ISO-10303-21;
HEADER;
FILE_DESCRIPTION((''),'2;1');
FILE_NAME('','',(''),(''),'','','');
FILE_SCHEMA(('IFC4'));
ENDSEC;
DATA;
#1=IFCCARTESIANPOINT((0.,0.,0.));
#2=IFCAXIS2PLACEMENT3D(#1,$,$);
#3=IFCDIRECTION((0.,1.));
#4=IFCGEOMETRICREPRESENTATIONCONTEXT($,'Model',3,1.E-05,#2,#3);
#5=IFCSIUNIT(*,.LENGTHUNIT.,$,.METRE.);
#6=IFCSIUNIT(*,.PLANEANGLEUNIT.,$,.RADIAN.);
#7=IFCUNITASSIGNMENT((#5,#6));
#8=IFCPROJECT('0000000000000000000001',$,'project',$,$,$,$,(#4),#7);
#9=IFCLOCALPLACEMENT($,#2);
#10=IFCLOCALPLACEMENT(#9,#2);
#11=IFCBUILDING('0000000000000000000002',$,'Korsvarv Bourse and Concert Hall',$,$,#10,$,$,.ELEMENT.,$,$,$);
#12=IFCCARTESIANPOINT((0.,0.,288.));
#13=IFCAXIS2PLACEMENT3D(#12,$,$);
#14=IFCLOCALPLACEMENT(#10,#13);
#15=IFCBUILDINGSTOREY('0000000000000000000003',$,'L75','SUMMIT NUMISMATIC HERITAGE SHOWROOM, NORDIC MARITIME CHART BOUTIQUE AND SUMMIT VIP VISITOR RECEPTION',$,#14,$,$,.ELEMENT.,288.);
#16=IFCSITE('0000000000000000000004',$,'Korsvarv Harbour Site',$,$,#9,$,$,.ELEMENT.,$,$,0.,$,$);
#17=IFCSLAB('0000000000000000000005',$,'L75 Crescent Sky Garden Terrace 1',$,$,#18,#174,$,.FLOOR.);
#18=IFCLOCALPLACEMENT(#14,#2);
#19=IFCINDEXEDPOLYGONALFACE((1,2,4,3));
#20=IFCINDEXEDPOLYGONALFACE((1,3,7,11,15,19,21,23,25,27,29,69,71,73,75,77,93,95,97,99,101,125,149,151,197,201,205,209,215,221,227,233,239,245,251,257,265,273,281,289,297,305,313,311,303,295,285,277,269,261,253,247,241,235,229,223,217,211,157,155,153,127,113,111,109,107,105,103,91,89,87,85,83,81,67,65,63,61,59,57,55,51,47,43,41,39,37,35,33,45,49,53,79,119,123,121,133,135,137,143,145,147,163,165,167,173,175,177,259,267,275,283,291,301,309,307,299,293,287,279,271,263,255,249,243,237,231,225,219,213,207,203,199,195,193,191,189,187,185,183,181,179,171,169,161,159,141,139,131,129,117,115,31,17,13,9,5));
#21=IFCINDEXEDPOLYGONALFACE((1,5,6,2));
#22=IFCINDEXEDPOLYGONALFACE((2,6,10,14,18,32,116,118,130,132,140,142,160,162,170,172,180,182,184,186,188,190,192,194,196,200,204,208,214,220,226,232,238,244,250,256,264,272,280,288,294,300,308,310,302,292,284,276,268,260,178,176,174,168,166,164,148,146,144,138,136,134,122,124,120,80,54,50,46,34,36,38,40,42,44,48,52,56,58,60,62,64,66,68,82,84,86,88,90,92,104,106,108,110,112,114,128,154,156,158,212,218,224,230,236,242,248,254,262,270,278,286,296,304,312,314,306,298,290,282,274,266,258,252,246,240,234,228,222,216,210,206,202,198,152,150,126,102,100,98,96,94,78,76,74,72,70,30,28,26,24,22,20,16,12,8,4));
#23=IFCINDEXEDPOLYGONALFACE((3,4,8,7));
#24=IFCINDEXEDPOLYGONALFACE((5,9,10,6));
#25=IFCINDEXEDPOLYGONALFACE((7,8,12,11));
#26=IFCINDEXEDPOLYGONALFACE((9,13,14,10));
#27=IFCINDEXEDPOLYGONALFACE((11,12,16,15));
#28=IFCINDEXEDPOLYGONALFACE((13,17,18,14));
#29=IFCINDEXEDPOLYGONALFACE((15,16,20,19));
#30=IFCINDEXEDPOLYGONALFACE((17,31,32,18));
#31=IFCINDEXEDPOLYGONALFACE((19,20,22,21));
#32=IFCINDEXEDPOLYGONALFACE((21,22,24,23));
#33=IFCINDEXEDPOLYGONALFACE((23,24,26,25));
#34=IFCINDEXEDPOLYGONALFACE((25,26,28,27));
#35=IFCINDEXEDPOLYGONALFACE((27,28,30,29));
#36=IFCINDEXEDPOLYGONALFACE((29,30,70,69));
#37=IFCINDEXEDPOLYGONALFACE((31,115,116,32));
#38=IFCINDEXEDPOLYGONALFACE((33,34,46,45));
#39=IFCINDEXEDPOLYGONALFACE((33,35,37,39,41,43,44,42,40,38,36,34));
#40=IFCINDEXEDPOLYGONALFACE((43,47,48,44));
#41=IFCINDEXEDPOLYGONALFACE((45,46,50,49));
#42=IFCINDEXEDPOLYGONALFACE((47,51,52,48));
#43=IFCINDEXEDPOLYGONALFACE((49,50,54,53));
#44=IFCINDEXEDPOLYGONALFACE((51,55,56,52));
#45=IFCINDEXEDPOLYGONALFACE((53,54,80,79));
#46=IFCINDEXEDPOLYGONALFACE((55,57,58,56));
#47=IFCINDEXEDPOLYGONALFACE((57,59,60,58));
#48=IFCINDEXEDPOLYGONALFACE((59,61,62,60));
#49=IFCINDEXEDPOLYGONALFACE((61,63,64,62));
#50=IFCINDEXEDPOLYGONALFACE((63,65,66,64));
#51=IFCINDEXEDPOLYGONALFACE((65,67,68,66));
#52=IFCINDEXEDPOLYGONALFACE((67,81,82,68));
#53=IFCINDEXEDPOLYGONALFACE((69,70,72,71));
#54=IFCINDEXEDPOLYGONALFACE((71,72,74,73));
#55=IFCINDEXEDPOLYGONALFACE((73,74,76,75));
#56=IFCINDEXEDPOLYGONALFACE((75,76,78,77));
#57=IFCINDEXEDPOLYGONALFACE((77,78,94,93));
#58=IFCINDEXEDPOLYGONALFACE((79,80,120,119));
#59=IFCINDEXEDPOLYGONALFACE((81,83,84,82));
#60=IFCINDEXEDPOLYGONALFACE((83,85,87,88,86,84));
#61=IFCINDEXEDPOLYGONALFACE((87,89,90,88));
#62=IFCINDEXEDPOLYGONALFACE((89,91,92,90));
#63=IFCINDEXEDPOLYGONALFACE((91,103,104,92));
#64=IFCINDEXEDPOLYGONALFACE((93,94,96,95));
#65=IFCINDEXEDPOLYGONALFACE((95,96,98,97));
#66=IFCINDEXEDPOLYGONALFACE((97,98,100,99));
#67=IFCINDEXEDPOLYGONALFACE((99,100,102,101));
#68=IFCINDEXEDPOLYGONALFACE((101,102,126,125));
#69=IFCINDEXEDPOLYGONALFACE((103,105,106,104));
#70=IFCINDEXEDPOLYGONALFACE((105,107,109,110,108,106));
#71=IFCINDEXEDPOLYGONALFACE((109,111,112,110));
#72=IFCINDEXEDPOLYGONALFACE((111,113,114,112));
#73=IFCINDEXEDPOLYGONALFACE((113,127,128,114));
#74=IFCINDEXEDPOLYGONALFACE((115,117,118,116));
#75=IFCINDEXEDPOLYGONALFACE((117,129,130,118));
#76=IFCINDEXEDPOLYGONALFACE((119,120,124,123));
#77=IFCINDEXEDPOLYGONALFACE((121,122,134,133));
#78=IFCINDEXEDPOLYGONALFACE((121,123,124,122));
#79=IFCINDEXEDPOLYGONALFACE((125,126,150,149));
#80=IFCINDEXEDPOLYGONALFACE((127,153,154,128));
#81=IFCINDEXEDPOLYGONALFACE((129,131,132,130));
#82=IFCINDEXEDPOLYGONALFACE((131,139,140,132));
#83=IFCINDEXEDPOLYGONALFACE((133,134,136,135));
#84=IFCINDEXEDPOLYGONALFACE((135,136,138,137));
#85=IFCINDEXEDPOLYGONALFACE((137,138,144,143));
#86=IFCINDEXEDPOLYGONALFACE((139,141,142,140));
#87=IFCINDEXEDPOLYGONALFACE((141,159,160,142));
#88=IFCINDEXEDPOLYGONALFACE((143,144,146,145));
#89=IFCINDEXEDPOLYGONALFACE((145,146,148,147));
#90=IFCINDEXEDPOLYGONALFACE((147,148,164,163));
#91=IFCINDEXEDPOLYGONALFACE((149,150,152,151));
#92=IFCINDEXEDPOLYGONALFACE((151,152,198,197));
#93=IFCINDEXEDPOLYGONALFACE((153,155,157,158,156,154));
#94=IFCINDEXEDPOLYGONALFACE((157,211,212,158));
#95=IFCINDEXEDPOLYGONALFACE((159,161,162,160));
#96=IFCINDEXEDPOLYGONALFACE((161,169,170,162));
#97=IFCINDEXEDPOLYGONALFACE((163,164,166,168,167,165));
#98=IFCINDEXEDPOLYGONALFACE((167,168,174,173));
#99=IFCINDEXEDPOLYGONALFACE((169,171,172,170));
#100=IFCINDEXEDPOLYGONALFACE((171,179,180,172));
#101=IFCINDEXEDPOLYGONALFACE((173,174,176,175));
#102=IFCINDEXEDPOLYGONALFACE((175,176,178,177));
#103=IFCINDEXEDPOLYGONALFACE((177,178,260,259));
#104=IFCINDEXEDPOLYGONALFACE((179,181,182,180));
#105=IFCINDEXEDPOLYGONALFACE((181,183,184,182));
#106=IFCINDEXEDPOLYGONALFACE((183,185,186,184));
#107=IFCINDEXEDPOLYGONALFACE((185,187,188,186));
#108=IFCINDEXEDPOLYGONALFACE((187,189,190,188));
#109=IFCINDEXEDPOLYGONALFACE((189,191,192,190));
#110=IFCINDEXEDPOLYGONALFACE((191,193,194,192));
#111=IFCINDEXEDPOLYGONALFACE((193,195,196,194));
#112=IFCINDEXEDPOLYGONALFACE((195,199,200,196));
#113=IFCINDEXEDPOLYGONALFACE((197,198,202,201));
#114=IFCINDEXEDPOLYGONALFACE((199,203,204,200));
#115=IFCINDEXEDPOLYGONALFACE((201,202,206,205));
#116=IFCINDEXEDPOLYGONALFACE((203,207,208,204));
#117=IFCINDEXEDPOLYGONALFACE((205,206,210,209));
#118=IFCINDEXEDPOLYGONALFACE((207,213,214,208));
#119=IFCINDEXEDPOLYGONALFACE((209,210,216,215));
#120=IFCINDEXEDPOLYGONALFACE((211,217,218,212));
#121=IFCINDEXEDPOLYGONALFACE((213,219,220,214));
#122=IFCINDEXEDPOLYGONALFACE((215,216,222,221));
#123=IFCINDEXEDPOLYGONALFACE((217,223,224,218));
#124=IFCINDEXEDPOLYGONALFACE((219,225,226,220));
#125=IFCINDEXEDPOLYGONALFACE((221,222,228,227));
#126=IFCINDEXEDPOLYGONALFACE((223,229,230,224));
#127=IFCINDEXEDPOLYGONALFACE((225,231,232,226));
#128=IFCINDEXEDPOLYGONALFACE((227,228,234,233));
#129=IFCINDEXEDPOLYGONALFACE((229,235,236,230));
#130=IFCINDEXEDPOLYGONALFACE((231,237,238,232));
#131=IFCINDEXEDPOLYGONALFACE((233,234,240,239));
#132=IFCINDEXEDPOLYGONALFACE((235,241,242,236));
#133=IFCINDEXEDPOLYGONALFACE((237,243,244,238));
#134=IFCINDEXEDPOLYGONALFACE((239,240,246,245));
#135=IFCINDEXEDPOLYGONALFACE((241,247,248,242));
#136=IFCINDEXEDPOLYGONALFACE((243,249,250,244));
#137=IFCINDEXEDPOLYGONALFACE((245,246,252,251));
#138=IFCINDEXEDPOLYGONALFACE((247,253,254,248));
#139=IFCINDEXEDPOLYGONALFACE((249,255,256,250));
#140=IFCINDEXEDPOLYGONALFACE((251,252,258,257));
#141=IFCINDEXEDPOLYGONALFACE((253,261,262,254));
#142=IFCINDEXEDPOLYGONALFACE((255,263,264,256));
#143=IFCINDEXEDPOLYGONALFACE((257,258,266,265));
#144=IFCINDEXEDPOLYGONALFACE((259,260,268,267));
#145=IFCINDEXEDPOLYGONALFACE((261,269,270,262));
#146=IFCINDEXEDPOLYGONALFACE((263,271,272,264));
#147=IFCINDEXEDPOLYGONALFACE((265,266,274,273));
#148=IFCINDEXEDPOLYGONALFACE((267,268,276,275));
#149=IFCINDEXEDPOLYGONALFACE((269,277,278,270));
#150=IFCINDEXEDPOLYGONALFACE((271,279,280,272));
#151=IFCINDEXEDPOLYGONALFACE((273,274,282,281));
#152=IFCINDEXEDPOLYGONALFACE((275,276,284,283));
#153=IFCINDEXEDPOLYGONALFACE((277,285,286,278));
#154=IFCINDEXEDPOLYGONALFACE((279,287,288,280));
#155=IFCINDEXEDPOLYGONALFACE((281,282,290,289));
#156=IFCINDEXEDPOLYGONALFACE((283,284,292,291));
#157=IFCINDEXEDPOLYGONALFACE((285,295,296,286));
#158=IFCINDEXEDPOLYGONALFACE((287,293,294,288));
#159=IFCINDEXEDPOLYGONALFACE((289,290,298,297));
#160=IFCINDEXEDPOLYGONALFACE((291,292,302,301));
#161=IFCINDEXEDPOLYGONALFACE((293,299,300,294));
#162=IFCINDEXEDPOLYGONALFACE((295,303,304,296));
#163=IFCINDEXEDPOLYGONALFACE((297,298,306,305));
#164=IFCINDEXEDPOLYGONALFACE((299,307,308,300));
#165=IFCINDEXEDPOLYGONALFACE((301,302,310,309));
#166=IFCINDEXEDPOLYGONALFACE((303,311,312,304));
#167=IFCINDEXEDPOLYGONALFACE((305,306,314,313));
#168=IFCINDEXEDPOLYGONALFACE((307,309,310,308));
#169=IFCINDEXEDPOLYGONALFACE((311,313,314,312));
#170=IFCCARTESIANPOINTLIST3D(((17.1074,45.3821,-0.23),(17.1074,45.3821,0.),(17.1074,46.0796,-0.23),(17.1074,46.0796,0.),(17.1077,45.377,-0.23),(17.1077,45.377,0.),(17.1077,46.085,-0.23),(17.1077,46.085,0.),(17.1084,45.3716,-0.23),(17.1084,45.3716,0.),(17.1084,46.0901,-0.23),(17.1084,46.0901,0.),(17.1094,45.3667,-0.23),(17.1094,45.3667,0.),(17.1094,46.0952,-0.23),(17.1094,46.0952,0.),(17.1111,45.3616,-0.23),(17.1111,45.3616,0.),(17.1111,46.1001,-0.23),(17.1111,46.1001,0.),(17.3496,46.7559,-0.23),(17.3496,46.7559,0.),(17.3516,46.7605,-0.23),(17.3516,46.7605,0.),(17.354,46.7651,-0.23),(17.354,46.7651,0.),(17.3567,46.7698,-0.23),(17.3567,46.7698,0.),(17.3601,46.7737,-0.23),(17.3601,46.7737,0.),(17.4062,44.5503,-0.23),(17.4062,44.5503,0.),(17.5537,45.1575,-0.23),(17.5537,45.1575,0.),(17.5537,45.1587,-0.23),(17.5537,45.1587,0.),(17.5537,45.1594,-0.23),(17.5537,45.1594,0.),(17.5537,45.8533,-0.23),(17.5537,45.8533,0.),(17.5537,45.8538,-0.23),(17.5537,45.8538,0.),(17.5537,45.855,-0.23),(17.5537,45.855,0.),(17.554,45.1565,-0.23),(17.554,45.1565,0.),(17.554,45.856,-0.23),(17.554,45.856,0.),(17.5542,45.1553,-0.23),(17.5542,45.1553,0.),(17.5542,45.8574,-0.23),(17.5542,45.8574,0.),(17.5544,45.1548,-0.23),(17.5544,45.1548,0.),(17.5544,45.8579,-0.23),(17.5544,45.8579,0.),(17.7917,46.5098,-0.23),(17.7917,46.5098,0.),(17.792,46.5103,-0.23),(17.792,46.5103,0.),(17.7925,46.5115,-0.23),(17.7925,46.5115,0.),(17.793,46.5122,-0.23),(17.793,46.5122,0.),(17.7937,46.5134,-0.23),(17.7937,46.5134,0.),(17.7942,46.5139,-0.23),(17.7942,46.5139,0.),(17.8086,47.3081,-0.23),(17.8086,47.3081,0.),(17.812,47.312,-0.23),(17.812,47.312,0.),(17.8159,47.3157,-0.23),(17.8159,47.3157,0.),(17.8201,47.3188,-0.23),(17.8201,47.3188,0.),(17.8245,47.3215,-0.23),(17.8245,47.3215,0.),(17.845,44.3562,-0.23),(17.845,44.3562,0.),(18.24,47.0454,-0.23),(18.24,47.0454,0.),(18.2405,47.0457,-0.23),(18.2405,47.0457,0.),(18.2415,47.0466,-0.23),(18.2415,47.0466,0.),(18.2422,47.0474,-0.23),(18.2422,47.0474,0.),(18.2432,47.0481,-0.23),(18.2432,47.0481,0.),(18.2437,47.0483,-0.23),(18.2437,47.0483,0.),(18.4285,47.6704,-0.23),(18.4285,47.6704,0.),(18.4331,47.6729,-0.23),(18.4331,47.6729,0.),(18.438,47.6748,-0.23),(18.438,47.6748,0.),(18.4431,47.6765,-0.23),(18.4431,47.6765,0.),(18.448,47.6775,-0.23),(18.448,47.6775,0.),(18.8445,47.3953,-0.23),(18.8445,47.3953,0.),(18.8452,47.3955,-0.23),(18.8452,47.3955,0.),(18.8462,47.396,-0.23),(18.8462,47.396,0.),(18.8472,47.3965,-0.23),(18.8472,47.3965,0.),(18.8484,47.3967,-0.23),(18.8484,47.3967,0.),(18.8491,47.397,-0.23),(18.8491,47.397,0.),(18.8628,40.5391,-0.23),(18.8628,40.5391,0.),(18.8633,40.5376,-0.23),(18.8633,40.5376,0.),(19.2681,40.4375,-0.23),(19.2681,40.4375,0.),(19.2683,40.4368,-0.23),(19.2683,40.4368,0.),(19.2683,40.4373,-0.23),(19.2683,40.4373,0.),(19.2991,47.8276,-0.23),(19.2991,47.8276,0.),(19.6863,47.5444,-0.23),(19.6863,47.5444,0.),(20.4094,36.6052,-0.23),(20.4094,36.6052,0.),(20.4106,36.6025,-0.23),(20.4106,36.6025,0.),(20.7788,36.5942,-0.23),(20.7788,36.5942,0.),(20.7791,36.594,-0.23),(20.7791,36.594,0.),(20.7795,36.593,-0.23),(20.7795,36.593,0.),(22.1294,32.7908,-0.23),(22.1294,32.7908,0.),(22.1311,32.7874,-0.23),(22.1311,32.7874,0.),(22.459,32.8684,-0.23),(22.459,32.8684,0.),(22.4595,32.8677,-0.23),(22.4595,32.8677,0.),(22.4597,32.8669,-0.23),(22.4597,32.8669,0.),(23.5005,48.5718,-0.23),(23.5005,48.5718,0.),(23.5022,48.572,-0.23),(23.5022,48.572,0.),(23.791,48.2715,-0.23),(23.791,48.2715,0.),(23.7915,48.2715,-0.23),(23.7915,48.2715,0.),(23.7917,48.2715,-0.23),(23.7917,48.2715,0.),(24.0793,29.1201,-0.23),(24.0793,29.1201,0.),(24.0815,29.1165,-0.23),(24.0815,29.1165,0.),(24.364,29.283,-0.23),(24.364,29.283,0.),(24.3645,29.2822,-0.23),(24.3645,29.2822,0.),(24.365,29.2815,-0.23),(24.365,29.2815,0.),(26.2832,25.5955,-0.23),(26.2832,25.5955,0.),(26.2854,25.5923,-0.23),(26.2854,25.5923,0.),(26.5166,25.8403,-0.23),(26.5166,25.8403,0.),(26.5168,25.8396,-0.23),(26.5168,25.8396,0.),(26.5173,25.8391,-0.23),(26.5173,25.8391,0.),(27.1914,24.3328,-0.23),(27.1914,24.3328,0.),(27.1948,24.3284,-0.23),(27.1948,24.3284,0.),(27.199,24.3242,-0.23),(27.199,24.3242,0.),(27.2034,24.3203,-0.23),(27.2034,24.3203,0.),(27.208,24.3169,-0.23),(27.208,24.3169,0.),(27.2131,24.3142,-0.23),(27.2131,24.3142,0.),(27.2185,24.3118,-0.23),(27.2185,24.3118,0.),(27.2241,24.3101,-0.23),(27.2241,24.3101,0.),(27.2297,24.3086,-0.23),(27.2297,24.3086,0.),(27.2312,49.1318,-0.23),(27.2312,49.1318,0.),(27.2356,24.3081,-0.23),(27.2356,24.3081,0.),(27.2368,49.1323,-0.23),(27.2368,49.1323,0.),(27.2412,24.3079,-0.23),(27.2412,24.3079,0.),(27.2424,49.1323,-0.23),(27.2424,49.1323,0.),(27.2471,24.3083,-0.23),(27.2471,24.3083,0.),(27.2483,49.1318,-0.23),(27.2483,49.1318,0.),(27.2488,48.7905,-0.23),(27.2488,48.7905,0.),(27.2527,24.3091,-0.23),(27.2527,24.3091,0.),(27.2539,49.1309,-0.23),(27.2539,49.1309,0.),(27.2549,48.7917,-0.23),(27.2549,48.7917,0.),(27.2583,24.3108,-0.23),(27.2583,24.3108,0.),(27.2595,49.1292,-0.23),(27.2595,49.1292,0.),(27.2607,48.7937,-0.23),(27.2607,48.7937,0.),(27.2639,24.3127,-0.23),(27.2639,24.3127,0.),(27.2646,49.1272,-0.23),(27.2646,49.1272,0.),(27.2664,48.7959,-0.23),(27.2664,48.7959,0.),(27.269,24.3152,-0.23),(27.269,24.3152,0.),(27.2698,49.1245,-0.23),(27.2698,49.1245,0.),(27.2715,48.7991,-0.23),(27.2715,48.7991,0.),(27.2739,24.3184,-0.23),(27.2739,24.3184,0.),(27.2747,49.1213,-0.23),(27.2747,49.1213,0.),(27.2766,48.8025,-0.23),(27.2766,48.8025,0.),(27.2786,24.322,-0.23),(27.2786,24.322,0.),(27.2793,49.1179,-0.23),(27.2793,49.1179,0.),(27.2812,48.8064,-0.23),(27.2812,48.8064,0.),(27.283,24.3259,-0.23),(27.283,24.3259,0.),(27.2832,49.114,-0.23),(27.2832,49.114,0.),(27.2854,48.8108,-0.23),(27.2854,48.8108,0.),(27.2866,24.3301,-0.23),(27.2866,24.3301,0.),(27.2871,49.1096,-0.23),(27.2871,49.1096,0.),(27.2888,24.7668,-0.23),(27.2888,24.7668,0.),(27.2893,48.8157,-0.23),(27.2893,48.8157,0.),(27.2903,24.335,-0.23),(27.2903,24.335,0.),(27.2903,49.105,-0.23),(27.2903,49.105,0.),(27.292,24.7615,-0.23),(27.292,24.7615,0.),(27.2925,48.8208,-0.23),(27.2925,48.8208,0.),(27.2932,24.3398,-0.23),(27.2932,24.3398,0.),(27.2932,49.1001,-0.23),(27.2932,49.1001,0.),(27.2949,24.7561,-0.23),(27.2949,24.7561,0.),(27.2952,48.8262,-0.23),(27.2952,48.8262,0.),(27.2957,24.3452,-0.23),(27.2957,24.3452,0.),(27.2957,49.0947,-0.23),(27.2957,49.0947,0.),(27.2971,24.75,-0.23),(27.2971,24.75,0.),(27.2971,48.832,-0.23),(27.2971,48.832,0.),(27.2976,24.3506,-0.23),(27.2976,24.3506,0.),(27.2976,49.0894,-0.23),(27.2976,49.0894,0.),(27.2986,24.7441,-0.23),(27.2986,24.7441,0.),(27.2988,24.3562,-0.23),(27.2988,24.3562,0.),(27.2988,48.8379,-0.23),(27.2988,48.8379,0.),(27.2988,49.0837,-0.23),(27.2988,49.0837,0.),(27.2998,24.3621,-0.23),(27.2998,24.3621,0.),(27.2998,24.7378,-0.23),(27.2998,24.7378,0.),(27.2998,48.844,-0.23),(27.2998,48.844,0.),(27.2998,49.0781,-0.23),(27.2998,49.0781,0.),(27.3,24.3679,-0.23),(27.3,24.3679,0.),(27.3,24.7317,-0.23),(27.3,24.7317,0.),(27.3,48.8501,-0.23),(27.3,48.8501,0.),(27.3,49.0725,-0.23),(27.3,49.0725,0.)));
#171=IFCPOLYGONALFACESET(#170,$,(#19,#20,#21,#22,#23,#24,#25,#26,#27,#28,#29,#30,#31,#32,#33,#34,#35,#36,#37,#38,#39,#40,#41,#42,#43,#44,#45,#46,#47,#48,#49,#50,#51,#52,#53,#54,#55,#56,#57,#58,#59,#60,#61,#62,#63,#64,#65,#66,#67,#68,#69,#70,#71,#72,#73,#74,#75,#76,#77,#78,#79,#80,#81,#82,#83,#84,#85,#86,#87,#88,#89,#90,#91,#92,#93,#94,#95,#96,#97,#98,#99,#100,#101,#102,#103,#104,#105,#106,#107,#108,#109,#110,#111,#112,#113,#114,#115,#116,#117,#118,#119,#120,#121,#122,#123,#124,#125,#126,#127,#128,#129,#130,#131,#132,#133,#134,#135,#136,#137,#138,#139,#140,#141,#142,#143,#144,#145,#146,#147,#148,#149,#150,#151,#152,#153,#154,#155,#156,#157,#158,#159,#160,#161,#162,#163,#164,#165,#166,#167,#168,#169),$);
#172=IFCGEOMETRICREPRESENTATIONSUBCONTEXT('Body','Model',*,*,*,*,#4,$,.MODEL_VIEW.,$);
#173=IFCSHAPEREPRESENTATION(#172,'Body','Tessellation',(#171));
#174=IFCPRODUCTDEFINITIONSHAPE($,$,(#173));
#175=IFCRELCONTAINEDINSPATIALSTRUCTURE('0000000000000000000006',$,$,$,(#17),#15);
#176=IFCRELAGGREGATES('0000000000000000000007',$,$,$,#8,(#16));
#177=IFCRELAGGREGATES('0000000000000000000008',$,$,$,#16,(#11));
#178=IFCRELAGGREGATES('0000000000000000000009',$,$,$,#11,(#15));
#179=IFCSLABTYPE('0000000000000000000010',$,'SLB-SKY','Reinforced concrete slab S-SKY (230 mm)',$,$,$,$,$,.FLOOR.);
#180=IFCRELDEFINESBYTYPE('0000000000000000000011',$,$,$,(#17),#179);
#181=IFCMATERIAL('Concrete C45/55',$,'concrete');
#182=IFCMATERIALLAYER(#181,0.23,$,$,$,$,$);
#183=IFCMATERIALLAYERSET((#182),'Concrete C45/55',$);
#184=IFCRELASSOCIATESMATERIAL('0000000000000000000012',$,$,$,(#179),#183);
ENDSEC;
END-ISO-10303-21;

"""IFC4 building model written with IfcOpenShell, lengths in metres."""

from ifc_helpers import new_model, si_unit, direction, frame, origin, place, context, subcontext, project, spatial, polyline, outline, extrude, material, layer, layer_set, type_object, element, save


model = new_model("IFC4")

# Units and contexts
model_context = context("Model", 3, precision=1e-05, world=origin(), true_north=direction((0.0, 1.0)))
body_context = subcontext(model_context, "Body", "Model", "MODEL_VIEW")
ifc_project = project(units=[si_unit("LENGTHUNIT", "METRE"), si_unit("PLANEANGLEUNIT", "RADIAN")], contexts=[model_context])

# Site, building, storey
site_placement = place(None, origin())
site = spatial("IfcSite", under=ifc_project, at=site_placement, Name="Korsvarv Harbour Site", CompositionType="ELEMENT", RefElevation=0.0)
building_placement = place(site_placement, origin())
building = spatial("IfcBuilding", under=site, at=building_placement, Name="Korsvarv Bourse and Concert Hall", CompositionType="ELEMENT")
storey_placement = place(building_placement, frame((0.0, 0.0, 288.0)))
storey = spatial("IfcBuildingStorey", under=building, at=storey_placement, Name="L75", Description="SUMMIT NUMISMATIC HERITAGE SHOWROOM, NORDIC MARITIME CHART BOUTIQUE AND SUMMIT VIP VISITOR RECEPTION", CompositionType="ELEMENT", Elevation=288.0)

# Slab
ifc_material_1 = material(Name="Concrete C45/55", Category="concrete")
ifc_layer_1 = layer(ifc_material_1, 0.23)
ifc_layer_set_1 = layer_set([ifc_layer_1], Name="Concrete C45/55")
slab_type_1 = type_object("IfcSlabType", Name="SLB-SKY", Description="Reinforced concrete slab S-SKY (230 mm)", PredefinedType="FLOOR", material=ifc_layer_set_1)
slab_1_placement = place(storey_placement, frame((0.0, 0.0, -0.23)))
element("IfcSlab", 1, at=slab_1_placement, inside=storey, type_object=slab_type_1, Name="L75 Crescent Sky Garden Terrace 1", PredefinedType="FLOOR", context=body_context, shape_type="SweptSolid", body=[
    extrude(outline(polyline([(17.5537, 45.8538), (17.5537, 45.8533), (17.5537, 45.1594), (17.5537, 45.1587), (17.5537, 45.1575), (17.554, 45.1565), (17.5542, 45.1553), (17.5544, 45.1548), (17.845, 44.3562), (19.2681, 40.4375), (19.2683, 40.4373), (19.2683, 40.4368), (20.7788, 36.5942), (20.7791, 36.594), (20.7795, 36.593), (22.459, 32.8684), (22.4595, 32.8677), (22.4597, 32.8669), (24.364, 29.283), (24.3645, 29.2822), (24.365, 29.2815), (26.5166, 25.8403), (26.5168, 25.8396), (26.5173, 25.8391), (27.2888, 24.7668), (27.292, 24.7615), (27.2949, 24.7561), (27.2971, 24.75), (27.2986, 24.7441), (27.2998, 24.7378), (27.3, 24.7317), (27.3, 24.3679), (27.2998, 24.3621), (27.2988, 24.3562), (27.2976, 24.3506), (27.2957, 24.3452), (27.2932, 24.3398), (27.2903, 24.335), (27.2866, 24.3301), (27.283, 24.3259), (27.2786, 24.322), (27.2739, 24.3184), (27.269, 24.3152), (27.2639, 24.3127), (27.2583, 24.3108), (27.2527, 24.3091), (27.2471, 24.3083), (27.2412, 24.3079), (27.2356, 24.3081), (27.2297, 24.3086), (27.2241, 24.3101), (27.2185, 24.3118), (27.2131, 24.3142), (27.208, 24.3169), (27.2034, 24.3203), (27.199, 24.3242), (27.1948, 24.3284), (27.1914, 24.3328), (26.2854, 25.5923), (26.2832, 25.5955), (24.0815, 29.1165), (24.0793, 29.1201), (22.1311, 32.7874), (22.1294, 32.7908), (20.4106, 36.6025), (20.4094, 36.6052), (18.8633, 40.5376), (18.8628, 40.5391), (17.4062, 44.5503), (17.1111, 45.3616), (17.1094, 45.3667), (17.1084, 45.3716), (17.1077, 45.377), (17.1074, 45.3821), (17.1074, 46.0796), (17.1077, 46.085), (17.1084, 46.0901), (17.1094, 46.0952), (17.1111, 46.1001), (17.3496, 46.7559), (17.3516, 46.7605), (17.354, 46.7651), (17.3567, 46.7698), (17.3601, 46.7737), (17.8086, 47.3081), (17.812, 47.312), (17.8159, 47.3157), (17.8201, 47.3188), (17.8245, 47.3215), (18.4285, 47.6704), (18.4331, 47.6729), (18.438, 47.6748), (18.4431, 47.6765), (18.448, 47.6775), (19.2991, 47.8276), (23.5005, 48.5718), (23.5022, 48.572), (27.2312, 49.1318), (27.2368, 49.1323), (27.2424, 49.1323), (27.2483, 49.1318), (27.2539, 49.1309), (27.2595, 49.1292), (27.2646, 49.1272), (27.2698, 49.1245), (27.2747, 49.1213), (27.2793, 49.1179), (27.2832, 49.114), (27.2871, 49.1096), (27.2903, 49.105), (27.2932, 49.1001), (27.2957, 49.0947), (27.2976, 49.0894), (27.2988, 49.0837), (27.2998, 49.0781), (27.3, 49.0725), (27.3, 48.8501), (27.2998, 48.844), (27.2988, 48.8379), (27.2971, 48.832), (27.2952, 48.8262), (27.2925, 48.8208), (27.2893, 48.8157), (27.2854, 48.8108), (27.2812, 48.8064), (27.2766, 48.8025), (27.2715, 48.7991), (27.2664, 48.7959), (27.2607, 48.7937), (27.2549, 48.7917), (27.2488, 48.7905), (23.7917, 48.2715), (23.7915, 48.2715), (23.791, 48.2715), (19.6863, 47.5444), (18.8491, 47.397), (18.8484, 47.3967), (18.8472, 47.3965), (18.8462, 47.396), (18.8452, 47.3955), (18.8445, 47.3953), (18.2437, 47.0483), (18.2432, 47.0481), (18.2422, 47.0474), (18.2415, 47.0466), (18.2405, 47.0457), (18.24, 47.0454), (17.7942, 46.5139), (17.7937, 46.5134), (17.793, 46.5122), (17.7925, 46.5115), (17.792, 46.5103), (17.7917, 46.5098), (17.5544, 45.8579), (17.5542, 45.8574), (17.554, 45.856), (17.5537, 45.855), (17.5537, 45.8538)])), origin(), (0.0, 0.0, 1.0), 0.23),
])

save(model, "model.ifc")
